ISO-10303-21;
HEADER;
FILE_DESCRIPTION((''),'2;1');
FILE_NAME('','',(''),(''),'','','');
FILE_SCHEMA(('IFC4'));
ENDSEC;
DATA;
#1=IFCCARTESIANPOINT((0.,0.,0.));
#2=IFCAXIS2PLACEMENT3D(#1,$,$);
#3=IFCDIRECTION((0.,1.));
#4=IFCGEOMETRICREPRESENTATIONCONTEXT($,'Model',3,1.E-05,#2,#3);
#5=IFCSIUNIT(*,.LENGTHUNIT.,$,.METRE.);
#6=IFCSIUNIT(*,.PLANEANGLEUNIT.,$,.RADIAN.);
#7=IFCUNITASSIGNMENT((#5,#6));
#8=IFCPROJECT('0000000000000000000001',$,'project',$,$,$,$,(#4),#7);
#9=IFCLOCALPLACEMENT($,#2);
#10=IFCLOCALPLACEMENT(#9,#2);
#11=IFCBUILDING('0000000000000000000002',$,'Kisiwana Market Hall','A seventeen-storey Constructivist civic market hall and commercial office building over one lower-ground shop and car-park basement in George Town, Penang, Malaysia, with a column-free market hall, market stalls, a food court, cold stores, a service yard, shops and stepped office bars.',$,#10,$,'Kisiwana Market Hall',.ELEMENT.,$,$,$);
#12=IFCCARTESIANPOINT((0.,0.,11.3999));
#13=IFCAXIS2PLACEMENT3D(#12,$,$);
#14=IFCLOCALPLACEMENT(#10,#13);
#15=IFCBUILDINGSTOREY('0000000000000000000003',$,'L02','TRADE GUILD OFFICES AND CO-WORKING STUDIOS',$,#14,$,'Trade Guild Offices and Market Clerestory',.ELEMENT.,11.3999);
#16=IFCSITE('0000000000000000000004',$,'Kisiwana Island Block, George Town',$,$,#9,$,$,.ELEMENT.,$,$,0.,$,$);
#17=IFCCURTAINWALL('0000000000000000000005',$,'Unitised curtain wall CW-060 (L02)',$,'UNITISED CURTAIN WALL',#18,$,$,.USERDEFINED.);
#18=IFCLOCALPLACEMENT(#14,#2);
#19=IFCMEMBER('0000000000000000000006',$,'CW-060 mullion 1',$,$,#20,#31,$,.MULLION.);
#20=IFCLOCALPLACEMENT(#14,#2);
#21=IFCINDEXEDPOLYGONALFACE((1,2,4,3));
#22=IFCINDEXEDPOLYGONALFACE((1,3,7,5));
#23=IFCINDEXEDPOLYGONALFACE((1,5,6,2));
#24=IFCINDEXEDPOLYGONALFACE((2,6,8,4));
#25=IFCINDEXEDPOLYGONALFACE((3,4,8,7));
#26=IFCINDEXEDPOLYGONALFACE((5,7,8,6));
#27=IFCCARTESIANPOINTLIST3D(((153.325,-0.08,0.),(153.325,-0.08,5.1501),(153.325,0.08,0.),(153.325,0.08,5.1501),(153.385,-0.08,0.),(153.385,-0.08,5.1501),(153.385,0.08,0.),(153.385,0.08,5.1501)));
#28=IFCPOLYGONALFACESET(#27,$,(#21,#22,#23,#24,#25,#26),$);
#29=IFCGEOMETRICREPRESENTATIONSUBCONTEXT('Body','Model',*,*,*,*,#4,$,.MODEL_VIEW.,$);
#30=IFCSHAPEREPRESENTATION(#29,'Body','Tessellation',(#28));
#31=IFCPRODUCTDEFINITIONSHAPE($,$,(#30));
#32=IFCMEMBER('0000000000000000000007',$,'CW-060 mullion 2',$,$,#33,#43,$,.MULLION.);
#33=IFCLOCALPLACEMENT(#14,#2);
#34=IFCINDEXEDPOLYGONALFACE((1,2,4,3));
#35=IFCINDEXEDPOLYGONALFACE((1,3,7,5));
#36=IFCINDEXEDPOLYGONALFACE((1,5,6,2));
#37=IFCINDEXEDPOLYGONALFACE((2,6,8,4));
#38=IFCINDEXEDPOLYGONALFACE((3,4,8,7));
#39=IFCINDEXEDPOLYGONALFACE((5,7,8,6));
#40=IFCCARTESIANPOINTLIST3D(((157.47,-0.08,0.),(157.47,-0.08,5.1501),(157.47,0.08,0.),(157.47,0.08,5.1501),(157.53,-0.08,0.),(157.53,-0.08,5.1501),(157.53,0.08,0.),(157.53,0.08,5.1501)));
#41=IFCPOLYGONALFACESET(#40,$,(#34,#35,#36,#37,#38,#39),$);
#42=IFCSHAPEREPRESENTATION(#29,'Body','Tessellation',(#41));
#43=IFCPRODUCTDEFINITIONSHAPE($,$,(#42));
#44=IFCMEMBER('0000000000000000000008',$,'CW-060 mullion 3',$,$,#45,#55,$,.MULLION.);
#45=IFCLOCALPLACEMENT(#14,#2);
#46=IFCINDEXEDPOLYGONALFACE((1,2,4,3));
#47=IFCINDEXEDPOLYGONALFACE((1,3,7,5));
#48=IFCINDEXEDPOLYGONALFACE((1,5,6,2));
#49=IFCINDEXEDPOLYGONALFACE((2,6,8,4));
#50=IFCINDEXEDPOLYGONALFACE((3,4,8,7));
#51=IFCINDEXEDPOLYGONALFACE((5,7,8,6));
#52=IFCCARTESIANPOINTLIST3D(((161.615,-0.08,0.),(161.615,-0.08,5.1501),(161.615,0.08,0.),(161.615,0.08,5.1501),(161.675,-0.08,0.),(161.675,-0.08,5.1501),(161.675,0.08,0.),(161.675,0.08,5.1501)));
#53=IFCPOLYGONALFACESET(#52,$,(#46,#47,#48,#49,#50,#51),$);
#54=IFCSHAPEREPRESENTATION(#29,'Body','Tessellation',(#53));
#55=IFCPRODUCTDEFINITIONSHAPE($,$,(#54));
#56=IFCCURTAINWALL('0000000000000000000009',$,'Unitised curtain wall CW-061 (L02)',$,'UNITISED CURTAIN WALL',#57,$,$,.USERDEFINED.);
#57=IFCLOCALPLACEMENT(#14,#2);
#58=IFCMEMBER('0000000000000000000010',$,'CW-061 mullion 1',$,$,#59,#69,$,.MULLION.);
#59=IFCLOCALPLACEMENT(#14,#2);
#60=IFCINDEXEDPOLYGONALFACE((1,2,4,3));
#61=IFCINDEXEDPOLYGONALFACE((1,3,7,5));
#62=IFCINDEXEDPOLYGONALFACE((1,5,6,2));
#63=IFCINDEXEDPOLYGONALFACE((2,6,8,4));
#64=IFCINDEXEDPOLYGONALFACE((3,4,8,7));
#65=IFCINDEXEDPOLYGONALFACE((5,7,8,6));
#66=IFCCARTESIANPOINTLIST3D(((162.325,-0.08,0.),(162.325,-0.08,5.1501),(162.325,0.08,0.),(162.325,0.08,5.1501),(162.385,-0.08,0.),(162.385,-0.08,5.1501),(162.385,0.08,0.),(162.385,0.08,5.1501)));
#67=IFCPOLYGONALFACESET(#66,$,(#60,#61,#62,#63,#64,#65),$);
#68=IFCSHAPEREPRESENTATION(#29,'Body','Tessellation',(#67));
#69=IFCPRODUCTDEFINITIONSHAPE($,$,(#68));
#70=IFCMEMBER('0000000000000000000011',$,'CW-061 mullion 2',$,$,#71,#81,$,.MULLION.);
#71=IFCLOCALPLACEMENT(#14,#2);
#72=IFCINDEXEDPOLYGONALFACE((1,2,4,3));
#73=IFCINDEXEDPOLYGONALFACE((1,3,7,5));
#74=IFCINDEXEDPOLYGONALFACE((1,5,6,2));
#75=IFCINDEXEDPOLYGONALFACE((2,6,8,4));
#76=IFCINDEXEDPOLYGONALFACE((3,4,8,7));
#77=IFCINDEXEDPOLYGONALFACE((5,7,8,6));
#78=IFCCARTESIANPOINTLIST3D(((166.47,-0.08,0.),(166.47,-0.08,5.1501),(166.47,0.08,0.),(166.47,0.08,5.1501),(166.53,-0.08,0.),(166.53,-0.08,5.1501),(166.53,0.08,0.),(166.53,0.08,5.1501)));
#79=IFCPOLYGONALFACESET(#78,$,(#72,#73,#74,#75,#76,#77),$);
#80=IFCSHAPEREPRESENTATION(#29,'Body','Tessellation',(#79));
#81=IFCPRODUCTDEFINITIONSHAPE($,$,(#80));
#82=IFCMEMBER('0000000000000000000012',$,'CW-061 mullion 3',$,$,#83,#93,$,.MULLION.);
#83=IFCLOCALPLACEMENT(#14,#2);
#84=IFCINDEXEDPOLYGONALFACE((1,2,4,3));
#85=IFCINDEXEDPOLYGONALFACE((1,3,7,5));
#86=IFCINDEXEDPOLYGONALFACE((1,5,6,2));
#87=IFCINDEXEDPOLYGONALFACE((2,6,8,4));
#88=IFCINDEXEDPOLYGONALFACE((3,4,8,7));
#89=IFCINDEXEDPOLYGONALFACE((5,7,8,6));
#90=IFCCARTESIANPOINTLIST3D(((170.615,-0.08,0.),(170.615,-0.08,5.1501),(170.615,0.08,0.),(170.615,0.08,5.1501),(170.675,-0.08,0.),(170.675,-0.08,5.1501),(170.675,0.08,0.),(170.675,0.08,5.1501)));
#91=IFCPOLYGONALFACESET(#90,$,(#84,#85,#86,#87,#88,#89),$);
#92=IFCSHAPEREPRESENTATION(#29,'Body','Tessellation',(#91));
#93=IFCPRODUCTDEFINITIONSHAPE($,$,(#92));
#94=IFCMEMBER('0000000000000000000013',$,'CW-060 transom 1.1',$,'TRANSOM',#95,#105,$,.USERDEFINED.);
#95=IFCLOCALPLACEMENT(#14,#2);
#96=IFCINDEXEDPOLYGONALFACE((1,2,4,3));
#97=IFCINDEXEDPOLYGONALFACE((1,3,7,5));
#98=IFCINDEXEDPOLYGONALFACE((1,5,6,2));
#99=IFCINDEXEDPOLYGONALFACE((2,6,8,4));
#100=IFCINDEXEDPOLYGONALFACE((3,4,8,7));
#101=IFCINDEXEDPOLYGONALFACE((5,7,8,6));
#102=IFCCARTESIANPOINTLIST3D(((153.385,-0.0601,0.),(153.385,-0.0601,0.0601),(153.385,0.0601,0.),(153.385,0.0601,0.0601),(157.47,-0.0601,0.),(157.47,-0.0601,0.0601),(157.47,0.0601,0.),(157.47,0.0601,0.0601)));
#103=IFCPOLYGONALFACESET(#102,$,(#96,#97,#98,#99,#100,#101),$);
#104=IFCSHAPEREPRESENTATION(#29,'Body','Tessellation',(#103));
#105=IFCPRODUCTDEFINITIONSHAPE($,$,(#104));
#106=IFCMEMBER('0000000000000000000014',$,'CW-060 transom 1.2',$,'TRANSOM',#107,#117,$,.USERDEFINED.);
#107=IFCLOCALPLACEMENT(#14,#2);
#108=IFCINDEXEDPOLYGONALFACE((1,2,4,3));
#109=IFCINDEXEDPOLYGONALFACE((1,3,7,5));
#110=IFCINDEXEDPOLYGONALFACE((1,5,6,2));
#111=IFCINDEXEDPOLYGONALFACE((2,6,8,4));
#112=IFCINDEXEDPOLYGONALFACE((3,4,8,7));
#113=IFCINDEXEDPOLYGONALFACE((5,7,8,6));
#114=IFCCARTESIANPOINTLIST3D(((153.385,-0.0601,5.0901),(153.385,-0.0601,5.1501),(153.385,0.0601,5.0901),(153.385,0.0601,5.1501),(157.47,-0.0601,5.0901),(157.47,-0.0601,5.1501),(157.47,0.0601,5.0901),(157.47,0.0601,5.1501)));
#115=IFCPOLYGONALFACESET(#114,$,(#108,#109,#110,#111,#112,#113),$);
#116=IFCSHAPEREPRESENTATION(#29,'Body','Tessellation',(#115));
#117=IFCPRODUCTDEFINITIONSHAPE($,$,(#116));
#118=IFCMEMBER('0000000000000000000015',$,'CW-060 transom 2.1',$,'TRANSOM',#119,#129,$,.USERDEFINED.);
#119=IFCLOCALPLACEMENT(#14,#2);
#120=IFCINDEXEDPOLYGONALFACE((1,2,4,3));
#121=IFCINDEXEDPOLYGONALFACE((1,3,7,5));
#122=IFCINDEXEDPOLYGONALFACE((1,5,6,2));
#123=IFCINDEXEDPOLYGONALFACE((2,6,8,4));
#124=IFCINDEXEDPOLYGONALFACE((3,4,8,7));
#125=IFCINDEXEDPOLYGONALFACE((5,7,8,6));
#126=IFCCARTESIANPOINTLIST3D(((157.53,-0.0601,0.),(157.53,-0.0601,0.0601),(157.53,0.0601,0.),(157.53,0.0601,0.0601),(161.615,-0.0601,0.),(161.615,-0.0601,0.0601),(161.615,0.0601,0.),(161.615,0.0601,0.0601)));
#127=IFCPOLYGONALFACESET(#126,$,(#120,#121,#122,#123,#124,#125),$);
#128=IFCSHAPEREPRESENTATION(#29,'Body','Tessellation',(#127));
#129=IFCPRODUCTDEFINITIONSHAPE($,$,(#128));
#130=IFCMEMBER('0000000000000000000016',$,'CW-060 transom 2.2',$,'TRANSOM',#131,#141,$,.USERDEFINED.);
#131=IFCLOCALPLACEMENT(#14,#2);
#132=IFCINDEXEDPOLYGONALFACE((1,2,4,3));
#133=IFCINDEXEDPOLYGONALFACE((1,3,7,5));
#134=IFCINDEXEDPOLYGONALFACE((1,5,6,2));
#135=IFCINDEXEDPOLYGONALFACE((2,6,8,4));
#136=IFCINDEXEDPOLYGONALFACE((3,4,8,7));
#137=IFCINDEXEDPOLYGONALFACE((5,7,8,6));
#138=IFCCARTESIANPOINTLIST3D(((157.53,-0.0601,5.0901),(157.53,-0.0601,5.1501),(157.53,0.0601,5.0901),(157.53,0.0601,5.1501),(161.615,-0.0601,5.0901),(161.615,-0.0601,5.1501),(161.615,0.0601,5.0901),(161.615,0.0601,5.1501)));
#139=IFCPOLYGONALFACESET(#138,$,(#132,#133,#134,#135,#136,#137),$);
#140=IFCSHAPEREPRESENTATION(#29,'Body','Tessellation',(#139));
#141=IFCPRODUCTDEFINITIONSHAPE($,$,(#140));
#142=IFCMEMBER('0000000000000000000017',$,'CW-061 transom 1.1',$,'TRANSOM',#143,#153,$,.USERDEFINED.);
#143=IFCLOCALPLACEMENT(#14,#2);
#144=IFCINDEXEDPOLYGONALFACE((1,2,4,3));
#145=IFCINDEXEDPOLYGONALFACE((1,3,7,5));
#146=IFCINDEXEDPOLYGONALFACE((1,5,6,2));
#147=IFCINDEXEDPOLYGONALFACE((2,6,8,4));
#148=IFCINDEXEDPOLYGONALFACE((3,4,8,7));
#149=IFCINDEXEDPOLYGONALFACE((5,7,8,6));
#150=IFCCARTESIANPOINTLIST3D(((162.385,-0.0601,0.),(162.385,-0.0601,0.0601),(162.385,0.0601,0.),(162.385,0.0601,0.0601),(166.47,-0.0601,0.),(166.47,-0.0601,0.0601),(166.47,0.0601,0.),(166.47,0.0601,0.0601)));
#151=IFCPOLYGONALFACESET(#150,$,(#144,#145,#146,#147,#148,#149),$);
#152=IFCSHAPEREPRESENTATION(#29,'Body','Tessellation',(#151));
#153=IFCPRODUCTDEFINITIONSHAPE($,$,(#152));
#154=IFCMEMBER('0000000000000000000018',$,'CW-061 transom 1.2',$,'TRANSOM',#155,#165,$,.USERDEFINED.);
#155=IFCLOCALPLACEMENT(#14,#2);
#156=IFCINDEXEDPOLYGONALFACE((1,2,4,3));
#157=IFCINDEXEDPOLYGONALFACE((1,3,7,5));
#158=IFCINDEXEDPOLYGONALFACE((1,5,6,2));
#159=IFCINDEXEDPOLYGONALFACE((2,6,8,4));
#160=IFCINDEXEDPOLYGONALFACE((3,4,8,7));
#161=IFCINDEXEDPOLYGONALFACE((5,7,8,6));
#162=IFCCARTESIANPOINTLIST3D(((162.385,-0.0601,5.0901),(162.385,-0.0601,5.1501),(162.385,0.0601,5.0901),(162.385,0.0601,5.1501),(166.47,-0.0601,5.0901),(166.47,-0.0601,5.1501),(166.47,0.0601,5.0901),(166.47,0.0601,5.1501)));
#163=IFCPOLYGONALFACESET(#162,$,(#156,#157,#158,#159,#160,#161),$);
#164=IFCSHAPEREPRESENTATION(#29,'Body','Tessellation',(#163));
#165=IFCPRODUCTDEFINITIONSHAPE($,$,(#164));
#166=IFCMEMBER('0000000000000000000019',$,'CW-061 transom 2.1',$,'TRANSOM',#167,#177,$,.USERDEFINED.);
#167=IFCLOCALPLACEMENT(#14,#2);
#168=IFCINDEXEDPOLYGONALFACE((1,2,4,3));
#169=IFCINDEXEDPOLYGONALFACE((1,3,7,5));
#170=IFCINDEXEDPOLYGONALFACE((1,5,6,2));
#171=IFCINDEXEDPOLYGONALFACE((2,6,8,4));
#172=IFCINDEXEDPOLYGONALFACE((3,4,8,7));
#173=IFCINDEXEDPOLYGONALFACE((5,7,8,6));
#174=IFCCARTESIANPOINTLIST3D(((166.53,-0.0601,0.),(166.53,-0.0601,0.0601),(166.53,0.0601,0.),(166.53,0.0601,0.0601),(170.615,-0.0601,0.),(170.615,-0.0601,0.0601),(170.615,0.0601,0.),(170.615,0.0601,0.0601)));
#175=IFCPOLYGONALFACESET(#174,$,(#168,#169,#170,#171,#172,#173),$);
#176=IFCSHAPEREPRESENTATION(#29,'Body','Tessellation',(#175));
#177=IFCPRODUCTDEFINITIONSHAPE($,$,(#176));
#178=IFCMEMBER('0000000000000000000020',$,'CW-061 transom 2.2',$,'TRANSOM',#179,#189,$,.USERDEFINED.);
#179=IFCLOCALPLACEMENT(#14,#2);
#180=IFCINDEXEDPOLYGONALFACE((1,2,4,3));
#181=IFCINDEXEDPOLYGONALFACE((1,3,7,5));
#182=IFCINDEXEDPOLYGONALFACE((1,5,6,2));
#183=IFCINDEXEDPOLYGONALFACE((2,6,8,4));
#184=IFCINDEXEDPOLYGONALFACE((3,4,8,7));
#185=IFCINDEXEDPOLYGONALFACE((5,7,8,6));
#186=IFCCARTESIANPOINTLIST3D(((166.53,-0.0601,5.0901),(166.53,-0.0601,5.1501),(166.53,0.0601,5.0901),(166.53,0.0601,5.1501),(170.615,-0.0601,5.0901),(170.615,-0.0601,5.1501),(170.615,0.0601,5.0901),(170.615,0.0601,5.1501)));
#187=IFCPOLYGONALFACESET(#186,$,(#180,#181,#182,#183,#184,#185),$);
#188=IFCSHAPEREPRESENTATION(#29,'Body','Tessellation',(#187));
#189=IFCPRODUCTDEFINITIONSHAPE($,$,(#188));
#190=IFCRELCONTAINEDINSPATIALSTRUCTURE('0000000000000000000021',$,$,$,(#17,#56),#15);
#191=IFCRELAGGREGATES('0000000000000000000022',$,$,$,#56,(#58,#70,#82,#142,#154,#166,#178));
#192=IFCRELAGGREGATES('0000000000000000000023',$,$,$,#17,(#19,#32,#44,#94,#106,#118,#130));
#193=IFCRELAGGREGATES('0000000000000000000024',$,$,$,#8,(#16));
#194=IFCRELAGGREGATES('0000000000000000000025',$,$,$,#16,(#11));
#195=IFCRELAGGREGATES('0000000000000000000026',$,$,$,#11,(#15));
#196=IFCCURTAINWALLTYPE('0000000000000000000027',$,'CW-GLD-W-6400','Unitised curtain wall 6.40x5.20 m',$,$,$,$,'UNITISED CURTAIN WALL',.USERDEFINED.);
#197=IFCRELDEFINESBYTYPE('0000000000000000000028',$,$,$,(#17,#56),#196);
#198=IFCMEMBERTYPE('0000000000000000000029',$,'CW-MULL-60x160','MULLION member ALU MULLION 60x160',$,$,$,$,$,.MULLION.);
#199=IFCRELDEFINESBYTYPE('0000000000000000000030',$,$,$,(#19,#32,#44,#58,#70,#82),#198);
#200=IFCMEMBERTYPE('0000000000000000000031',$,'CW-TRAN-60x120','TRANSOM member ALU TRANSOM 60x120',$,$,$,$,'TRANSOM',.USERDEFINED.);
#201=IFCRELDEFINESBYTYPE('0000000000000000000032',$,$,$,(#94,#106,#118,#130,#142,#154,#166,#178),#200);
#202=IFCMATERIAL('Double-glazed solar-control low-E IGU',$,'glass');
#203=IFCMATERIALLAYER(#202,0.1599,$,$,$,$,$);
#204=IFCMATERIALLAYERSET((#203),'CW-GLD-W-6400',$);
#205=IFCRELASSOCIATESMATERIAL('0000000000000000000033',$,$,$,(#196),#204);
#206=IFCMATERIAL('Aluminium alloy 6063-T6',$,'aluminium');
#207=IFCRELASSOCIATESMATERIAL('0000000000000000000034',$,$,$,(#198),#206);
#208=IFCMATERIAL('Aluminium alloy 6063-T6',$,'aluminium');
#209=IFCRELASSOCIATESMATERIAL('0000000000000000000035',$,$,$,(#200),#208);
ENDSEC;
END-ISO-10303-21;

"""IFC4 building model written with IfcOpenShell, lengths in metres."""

from ifc_helpers import new_model, si_unit, direction, frame, origin, origin_2d, place, context, subcontext, project, spatial, rectangle, extrude, material, layer, layer_set, material_profile, profile_set, type_object, element, aggregate, save


model = new_model("IFC4")

# Units and contexts
model_context = context("Model", 3, precision=1e-05, world=origin(), true_north=direction((0.0, 1.0)))
body_context = subcontext(model_context, "Body", "Model", "MODEL_VIEW")
ifc_project = project(units=[si_unit("LENGTHUNIT", "METRE"), si_unit("PLANEANGLEUNIT", "RADIAN")], contexts=[model_context])

# Site, building, storey
site_placement = place(None, origin())
site = spatial("IfcSite", under=ifc_project, at=site_placement, Name="Kisiwana Island Block, George Town", CompositionType="ELEMENT", RefElevation=0.0)
building_placement = place(site_placement, origin())
building = spatial("IfcBuilding", under=site, at=building_placement, Name="Kisiwana Market Hall", Description="A seventeen-storey Constructivist civic market hall and commercial office building over one lower-ground shop and car-park basement in George Town, Penang, Malaysia, with a column-free market hall, market stalls, a food court, cold stores, a service yard, shops and stepped office bars.", LongName="Kisiwana Market Hall", CompositionType="ELEMENT")
storey_placement = place(building_placement, frame((0.0, 0.0, 11.3999)))
storey = spatial("IfcBuildingStorey", under=building, at=storey_placement, Name="L02", Description="TRADE GUILD OFFICES AND CO-WORKING STUDIOS", LongName="Trade Guild Offices and Market Clerestory", CompositionType="ELEMENT", Elevation=11.3999)

# Curtain walls, members
ifc_material_1 = material(Name="Double-glazed solar-control low-E IGU", Category="glass")
ifc_layer_1 = layer(ifc_material_1, 0.1599)
ifc_layer_set_1 = layer_set([ifc_layer_1], Name="CW-GLD-W-6400")
curtain_wall_type = type_object("IfcCurtainWallType", Name="CW-GLD-W-6400", Description="Unitised curtain wall 6.40x5.20 m", ElementType="UNITISED CURTAIN WALL", PredefinedType="USERDEFINED", material=ifc_layer_set_1)
curtain_wall_1_placement = place(storey_placement, origin())
curtain_wall_1 = element("IfcCurtainWall", 1, at=curtain_wall_1_placement, inside=storey, type_object=curtain_wall_type, Name="Unitised curtain wall CW-060 (L02)", ObjectType="UNITISED CURTAIN WALL", PredefinedType="USERDEFINED")
ifc_material_2 = material(Name="Aluminium alloy 6063-T6", Category="aluminium")
ifc_material_profile_1 = material_profile(ifc_material_2, rectangle(XDim=0.0601, YDim=0.1599, at=origin_2d()), Name="ALU MULLION 60x160")
ifc_profile_set_1 = profile_set([ifc_material_profile_1], Name="Aluminium alloy 6063-T6")
member_type_1 = type_object("IfcMemberType", Name="CW-MULL-60x160", Description="MULLION member ALU MULLION 60x160", PredefinedType="MULLION", material=ifc_profile_set_1)
member_1_placement = place(storey_placement, frame((153.355, 0.0, 0.0), z_axis=(0.0, 0.0, 1.0), x_axis=(1.0, 0.0, 0.0)))
member_1 = element("IfcMember", 2, at=member_1_placement, type_object=member_type_1, Name="CW-060 mullion 1", PredefinedType="MULLION", context=body_context, shape_type="SweptSolid", body=[
    extrude(rectangle(XDim=0.0601, YDim=0.1599, at=origin_2d()), origin(), (0.0, 0.0, 1.0), 5.1501),
])
member_2_placement = place(storey_placement, frame((157.5, 0.0, 0.0), z_axis=(0.0, 0.0, 1.0), x_axis=(1.0, 0.0, 0.0)))
member_2 = element("IfcMember", 3, at=member_2_placement, type_object=member_type_1, Name="CW-060 mullion 2", PredefinedType="MULLION", context=body_context, shape_type="SweptSolid", body=[
    extrude(rectangle(XDim=0.0601, YDim=0.1599, at=origin_2d()), origin(), (0.0, 0.0, 1.0), 5.1501),
])
member_3_placement = place(storey_placement, frame((161.645, 0.0, 0.0), z_axis=(0.0, 0.0, 1.0), x_axis=(1.0, 0.0, 0.0)))
member_3 = element("IfcMember", 4, at=member_3_placement, type_object=member_type_1, Name="CW-060 mullion 3", PredefinedType="MULLION", context=body_context, shape_type="SweptSolid", body=[
    extrude(rectangle(XDim=0.0601, YDim=0.1599, at=origin_2d()), origin(), (0.0, 0.0, 1.0), 5.1501),
])
curtain_wall_2_placement = place(storey_placement, origin())
curtain_wall_2 = element("IfcCurtainWall", 5, at=curtain_wall_2_placement, inside=storey, type_object=curtain_wall_type, Name="Unitised curtain wall CW-061 (L02)", ObjectType="UNITISED CURTAIN WALL", PredefinedType="USERDEFINED")
member_4_placement = place(storey_placement, frame((162.355, 0.0, 0.0), z_axis=(0.0, 0.0, 1.0), x_axis=(1.0, 0.0, 0.0)))
member_4 = element("IfcMember", 6, at=member_4_placement, type_object=member_type_1, Name="CW-061 mullion 1", PredefinedType="MULLION", context=body_context, shape_type="SweptSolid", body=[
    extrude(rectangle(XDim=0.0601, YDim=0.1599, at=origin_2d()), origin(), (0.0, 0.0, 1.0), 5.1501),
])
member_5_placement = place(storey_placement, frame((166.5, 0.0, 0.0), z_axis=(0.0, 0.0, 1.0), x_axis=(1.0, 0.0, 0.0)))
member_5 = element("IfcMember", 7, at=member_5_placement, type_object=member_type_1, Name="CW-061 mullion 2", PredefinedType="MULLION", context=body_context, shape_type="SweptSolid", body=[
    extrude(rectangle(XDim=0.0601, YDim=0.1599, at=origin_2d()), origin(), (0.0, 0.0, 1.0), 5.1501),
])
member_6_placement = place(storey_placement, frame((170.645, 0.0, 0.0), z_axis=(0.0, 0.0, 1.0), x_axis=(1.0, 0.0, 0.0)))
member_6 = element("IfcMember", 8, at=member_6_placement, type_object=member_type_1, Name="CW-061 mullion 3", PredefinedType="MULLION", context=body_context, shape_type="SweptSolid", body=[
    extrude(rectangle(XDim=0.0601, YDim=0.1599, at=origin_2d()), origin(), (0.0, 0.0, 1.0), 5.1501),
])

# Members
ifc_material_3 = material(Name="Aluminium alloy 6063-T6", Category="aluminium")
ifc_material_profile_2 = material_profile(ifc_material_3, rectangle(XDim=0.1201, YDim=0.0601, at=origin_2d()), Name="ALU TRANSOM 60x120")
ifc_profile_set_2 = profile_set([ifc_material_profile_2], Name="Aluminium alloy 6063-T6")
member_type_2 = type_object("IfcMemberType", Name="CW-TRAN-60x120", Description="TRANSOM member ALU TRANSOM 60x120", ElementType="TRANSOM", PredefinedType="USERDEFINED", material=ifc_profile_set_2)
member_7_placement = place(storey_placement, frame((153.385, 0.0, 0.03), z_axis=(1.0, 0.0, 0.0), x_axis=(0.0, 1.0, 0.0)))
member_7 = element("IfcMember", 9, at=member_7_placement, type_object=member_type_2, Name="CW-060 transom 1.1", ObjectType="TRANSOM", PredefinedType="USERDEFINED", context=body_context, shape_type="SweptSolid", body=[
    extrude(rectangle(XDim=0.1201, YDim=0.0601, at=origin_2d()), origin(), (0.0, 0.0, 1.0), 4.085),
])
member_8_placement = place(storey_placement, frame((153.385, 0.0, 5.1201), z_axis=(1.0, 0.0, 0.0), x_axis=(0.0, 1.0, 0.0)))
member_8 = element("IfcMember", 10, at=member_8_placement, type_object=member_type_2, Name="CW-060 transom 1.2", ObjectType="TRANSOM", PredefinedType="USERDEFINED", context=body_context, shape_type="SweptSolid", body=[
    extrude(rectangle(XDim=0.1201, YDim=0.0601, at=origin_2d()), origin(), (0.0, 0.0, 1.0), 4.085),
])
member_9_placement = place(storey_placement, frame((157.53, 0.0, 0.03), z_axis=(1.0, 0.0, 0.0), x_axis=(0.0, 1.0, 0.0)))
member_9 = element("IfcMember", 11, at=member_9_placement, type_object=member_type_2, Name="CW-060 transom 2.1", ObjectType="TRANSOM", PredefinedType="USERDEFINED", context=body_context, shape_type="SweptSolid", body=[
    extrude(rectangle(XDim=0.1201, YDim=0.0601, at=origin_2d()), origin(), (0.0, 0.0, 1.0), 4.085),
])
member_10_placement = place(storey_placement, frame((157.53, 0.0, 5.1201), z_axis=(1.0, 0.0, 0.0), x_axis=(0.0, 1.0, 0.0)))
member_10 = element("IfcMember", 12, at=member_10_placement, type_object=member_type_2, Name="CW-060 transom 2.2", ObjectType="TRANSOM", PredefinedType="USERDEFINED", context=body_context, shape_type="SweptSolid", body=[
    extrude(rectangle(XDim=0.1201, YDim=0.0601, at=origin_2d()), origin(), (0.0, 0.0, 1.0), 4.085),
])
member_11_placement = place(storey_placement, frame((162.385, 0.0, 0.03), z_axis=(1.0, 0.0, 0.0), x_axis=(0.0, 1.0, 0.0)))
member_11 = element("IfcMember", 13, at=member_11_placement, type_object=member_type_2, Name="CW-061 transom 1.1", ObjectType="TRANSOM", PredefinedType="USERDEFINED", context=body_context, shape_type="SweptSolid", body=[
    extrude(rectangle(XDim=0.1201, YDim=0.0601, at=origin_2d()), origin(), (0.0, 0.0, 1.0), 4.085),
])
member_12_placement = place(storey_placement, frame((162.385, 0.0, 5.1201), z_axis=(1.0, 0.0, 0.0), x_axis=(0.0, 1.0, 0.0)))
member_12 = element("IfcMember", 14, at=member_12_placement, type_object=member_type_2, Name="CW-061 transom 1.2", ObjectType="TRANSOM", PredefinedType="USERDEFINED", context=body_context, shape_type="SweptSolid", body=[
    extrude(rectangle(XDim=0.1201, YDim=0.0601, at=origin_2d()), origin(), (0.0, 0.0, 1.0), 4.085),
])
member_13_placement = place(storey_placement, frame((166.53, 0.0, 0.03), z_axis=(1.0, 0.0, 0.0), x_axis=(0.0, 1.0, 0.0)))
member_13 = element("IfcMember", 15, at=member_13_placement, type_object=member_type_2, Name="CW-061 transom 2.1", ObjectType="TRANSOM", PredefinedType="USERDEFINED", context=body_context, shape_type="SweptSolid", body=[
    extrude(rectangle(XDim=0.1201, YDim=0.0601, at=origin_2d()), origin(), (0.0, 0.0, 1.0), 4.085),
])
member_14_placement = place(storey_placement, frame((166.53, 0.0, 5.1201), z_axis=(1.0, 0.0, 0.0), x_axis=(0.0, 1.0, 0.0)))
member_14 = element("IfcMember", 16, at=member_14_placement, type_object=member_type_2, Name="CW-061 transom 2.2", ObjectType="TRANSOM", PredefinedType="USERDEFINED", context=body_context, shape_type="SweptSolid", body=[
    extrude(rectangle(XDim=0.1201, YDim=0.0601, at=origin_2d()), origin(), (0.0, 0.0, 1.0), 4.085),
])

aggregate(curtain_wall_2, [member_4, member_5, member_6, member_11, member_12, member_13, member_14])
aggregate(curtain_wall_1, [member_1, member_2, member_3, member_7, member_8, member_9, member_10])

save(model, "model.ifc")
